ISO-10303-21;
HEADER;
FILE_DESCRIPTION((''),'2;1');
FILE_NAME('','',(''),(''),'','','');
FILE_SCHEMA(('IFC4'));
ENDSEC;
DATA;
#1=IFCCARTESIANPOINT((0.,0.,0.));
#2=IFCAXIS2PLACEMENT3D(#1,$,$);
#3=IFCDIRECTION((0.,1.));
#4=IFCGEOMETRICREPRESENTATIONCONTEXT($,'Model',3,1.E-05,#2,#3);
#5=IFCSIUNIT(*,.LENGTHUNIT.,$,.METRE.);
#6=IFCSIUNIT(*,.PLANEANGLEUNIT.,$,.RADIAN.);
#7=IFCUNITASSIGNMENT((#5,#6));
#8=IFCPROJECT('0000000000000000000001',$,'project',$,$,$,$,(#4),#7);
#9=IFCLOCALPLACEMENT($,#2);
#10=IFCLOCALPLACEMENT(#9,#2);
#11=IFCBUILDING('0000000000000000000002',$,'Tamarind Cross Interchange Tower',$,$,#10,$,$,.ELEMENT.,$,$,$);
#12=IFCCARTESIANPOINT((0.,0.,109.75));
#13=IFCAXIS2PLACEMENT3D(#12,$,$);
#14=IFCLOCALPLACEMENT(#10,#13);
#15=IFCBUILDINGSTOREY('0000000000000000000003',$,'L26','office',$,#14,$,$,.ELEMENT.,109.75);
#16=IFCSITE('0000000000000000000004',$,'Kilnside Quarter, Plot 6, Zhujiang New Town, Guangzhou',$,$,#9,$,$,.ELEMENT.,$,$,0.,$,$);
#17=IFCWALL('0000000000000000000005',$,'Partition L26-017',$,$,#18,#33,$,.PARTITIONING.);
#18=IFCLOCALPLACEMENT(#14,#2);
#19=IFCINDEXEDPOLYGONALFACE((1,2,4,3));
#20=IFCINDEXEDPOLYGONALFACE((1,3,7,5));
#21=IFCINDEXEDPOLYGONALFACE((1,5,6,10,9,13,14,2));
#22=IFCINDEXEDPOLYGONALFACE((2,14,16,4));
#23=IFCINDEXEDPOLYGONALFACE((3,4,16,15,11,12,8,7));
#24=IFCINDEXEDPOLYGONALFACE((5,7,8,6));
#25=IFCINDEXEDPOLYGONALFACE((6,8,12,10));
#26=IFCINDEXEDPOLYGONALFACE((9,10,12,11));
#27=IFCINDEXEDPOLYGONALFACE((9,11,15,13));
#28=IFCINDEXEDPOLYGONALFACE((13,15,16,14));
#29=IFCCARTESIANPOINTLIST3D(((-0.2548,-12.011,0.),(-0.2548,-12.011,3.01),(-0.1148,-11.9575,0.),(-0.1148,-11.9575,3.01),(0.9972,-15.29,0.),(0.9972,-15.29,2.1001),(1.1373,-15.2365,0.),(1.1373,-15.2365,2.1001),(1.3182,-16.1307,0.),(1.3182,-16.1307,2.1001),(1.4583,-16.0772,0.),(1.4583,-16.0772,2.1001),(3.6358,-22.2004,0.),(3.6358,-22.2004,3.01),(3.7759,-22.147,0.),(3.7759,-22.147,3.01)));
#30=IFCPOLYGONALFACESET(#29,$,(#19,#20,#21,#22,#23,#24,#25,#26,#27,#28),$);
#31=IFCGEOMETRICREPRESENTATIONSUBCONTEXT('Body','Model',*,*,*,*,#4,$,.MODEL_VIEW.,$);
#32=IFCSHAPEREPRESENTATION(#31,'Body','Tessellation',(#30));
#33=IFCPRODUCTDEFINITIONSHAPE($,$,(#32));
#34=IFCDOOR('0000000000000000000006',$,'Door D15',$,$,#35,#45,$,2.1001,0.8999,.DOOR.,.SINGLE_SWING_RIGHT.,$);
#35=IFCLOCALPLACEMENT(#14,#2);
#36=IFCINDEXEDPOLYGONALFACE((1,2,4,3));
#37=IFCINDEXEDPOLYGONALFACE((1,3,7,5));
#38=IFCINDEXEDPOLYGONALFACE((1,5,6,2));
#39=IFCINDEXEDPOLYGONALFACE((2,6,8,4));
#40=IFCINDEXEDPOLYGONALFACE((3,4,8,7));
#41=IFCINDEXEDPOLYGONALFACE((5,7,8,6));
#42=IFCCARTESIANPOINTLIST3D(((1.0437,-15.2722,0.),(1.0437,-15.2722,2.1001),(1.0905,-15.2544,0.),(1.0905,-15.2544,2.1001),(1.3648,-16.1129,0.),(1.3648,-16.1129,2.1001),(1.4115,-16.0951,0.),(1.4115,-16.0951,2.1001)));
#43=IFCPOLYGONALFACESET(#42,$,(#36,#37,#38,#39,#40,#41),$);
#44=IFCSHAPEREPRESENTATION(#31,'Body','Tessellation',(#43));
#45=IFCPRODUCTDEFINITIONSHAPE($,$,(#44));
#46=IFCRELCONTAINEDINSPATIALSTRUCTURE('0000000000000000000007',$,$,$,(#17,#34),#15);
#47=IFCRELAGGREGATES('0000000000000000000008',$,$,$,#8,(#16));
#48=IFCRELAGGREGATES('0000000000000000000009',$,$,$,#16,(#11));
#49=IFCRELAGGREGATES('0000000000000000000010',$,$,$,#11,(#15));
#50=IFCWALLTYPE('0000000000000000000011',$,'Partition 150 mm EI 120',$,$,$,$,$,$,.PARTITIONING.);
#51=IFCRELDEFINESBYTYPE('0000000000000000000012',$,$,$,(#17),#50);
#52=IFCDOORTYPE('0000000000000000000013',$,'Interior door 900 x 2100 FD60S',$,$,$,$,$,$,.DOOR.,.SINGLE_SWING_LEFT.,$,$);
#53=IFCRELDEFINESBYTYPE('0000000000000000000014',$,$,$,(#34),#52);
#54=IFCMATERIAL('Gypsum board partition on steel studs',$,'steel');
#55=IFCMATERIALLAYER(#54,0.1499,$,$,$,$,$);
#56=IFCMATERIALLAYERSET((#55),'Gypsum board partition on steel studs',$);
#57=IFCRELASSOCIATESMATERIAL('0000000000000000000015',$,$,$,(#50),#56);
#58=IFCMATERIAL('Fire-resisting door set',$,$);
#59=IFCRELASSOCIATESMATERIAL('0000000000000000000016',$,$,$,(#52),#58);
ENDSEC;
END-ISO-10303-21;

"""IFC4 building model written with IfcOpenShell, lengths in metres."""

from ifc_helpers import new_model, si_unit, direction, frame, frame_2d, origin, place, context, subcontext, project, spatial, rectangle, extrude, material, layer, layer_set, type_object, element, fill, save


model = new_model("IFC4")

# Units and contexts
model_context = context("Model", 3, precision=1e-05, world=origin(), true_north=direction((0.0, 1.0)))
body_context = subcontext(model_context, "Body", "Model", "MODEL_VIEW")
ifc_project = project(units=[si_unit("LENGTHUNIT", "METRE"), si_unit("PLANEANGLEUNIT", "RADIAN")], contexts=[model_context])

# Site, building, storey
site_placement = place(None, origin())
site = spatial("IfcSite", under=ifc_project, at=site_placement, Name="Kilnside Quarter, Plot 6, Zhujiang New Town, Guangzhou", CompositionType="ELEMENT", RefElevation=0.0)
building_placement = place(site_placement, origin())
building = spatial("IfcBuilding", under=site, at=building_placement, Name="Tamarind Cross Interchange Tower", CompositionType="ELEMENT")
storey_placement = place(building_placement, frame((0.0, 0.0, 109.75)))
storey = spatial("IfcBuildingStorey", under=building, at=storey_placement, Name="L26", Description="office", CompositionType="ELEMENT", Elevation=109.75)

# Shared definitions
ifc_material_1 = material(Name="Gypsum board partition on steel studs", Category="steel")
ifc_layer_1 = layer(ifc_material_1, 0.1499)
ifc_layer_set_1 = layer_set([ifc_layer_1], Name="Gypsum board partition on steel studs")
wall_type_1 = type_object("IfcWallType", Name="Partition 150 mm EI 120", PredefinedType="PARTITIONING", material=ifc_layer_set_1)

# Wall, opening, door
ifc_material_2 = material(Name="Fire-resisting door set")
door_type_1 = type_object("IfcDoorType", Name="Interior door 900 x 2100 FD60S", OperationType="SINGLE_SWING_LEFT", PredefinedType="DOOR", material=ifc_material_2)
wall_1_placement = place(storey_placement, frame((-0.1848, -11.9841, 0.0), z_axis=(0.0, 0.0, 1.0), x_axis=(0.35671, -0.934215, 0.0)))
wall_1 = element("IfcWall", 1, at=wall_1_placement, inside=storey, type_object=wall_type_1, Name="Partition L26-017", PredefinedType="PARTITIONING", context=body_context, shape_type="SweptSolid", body=[
    extrude(rectangle(XDim=10.907, YDim=0.1499, at=frame_2d((5.4536, 0.0))), origin(), (0.0, 0.0, 1.0), 3.01),
])
opening_1_placement = place(wall_1_placement, frame((3.51, 0.0, 0.0)))
opening_1 = element("IfcOpeningElement", 2, at=opening_1_placement, cuts=wall_1, PredefinedType="OPENING", context=body_context, shape_type="SweptSolid", body=[
    extrude(rectangle(XDim=0.8999, YDim=2.1001, at=frame_2d((0.45, 1.05))), frame((0.0, 0.085, 0.0), z_axis=(0.0, -1.0, 0.0), x_axis=(1.0, 0.0, 0.0)), (0.0, 0.0, 1.0), 0.1699),
])
door_1_placement = place(opening_1_placement, origin())
door_1 = element("IfcDoor", 3, at=door_1_placement, inside=storey, type_object=door_type_1, Name="Door D15", OperationType="SINGLE_SWING_RIGHT", OverallHeight=2.1001, OverallWidth=0.8999, PredefinedType="DOOR", context=body_context, shape_type="SweptSolid", body=[
    extrude(rectangle(XDim=0.8999, YDim=2.1001, at=frame_2d((0.45, 1.05))), frame((0.0, 0.0249, 0.0), z_axis=(0.0, -1.0, 0.0), x_axis=(1.0, 0.0, 0.0)), (0.0, 0.0, 1.0), 0.05),
])
fill(opening_1, door_1)

save(model, "model.ifc")
